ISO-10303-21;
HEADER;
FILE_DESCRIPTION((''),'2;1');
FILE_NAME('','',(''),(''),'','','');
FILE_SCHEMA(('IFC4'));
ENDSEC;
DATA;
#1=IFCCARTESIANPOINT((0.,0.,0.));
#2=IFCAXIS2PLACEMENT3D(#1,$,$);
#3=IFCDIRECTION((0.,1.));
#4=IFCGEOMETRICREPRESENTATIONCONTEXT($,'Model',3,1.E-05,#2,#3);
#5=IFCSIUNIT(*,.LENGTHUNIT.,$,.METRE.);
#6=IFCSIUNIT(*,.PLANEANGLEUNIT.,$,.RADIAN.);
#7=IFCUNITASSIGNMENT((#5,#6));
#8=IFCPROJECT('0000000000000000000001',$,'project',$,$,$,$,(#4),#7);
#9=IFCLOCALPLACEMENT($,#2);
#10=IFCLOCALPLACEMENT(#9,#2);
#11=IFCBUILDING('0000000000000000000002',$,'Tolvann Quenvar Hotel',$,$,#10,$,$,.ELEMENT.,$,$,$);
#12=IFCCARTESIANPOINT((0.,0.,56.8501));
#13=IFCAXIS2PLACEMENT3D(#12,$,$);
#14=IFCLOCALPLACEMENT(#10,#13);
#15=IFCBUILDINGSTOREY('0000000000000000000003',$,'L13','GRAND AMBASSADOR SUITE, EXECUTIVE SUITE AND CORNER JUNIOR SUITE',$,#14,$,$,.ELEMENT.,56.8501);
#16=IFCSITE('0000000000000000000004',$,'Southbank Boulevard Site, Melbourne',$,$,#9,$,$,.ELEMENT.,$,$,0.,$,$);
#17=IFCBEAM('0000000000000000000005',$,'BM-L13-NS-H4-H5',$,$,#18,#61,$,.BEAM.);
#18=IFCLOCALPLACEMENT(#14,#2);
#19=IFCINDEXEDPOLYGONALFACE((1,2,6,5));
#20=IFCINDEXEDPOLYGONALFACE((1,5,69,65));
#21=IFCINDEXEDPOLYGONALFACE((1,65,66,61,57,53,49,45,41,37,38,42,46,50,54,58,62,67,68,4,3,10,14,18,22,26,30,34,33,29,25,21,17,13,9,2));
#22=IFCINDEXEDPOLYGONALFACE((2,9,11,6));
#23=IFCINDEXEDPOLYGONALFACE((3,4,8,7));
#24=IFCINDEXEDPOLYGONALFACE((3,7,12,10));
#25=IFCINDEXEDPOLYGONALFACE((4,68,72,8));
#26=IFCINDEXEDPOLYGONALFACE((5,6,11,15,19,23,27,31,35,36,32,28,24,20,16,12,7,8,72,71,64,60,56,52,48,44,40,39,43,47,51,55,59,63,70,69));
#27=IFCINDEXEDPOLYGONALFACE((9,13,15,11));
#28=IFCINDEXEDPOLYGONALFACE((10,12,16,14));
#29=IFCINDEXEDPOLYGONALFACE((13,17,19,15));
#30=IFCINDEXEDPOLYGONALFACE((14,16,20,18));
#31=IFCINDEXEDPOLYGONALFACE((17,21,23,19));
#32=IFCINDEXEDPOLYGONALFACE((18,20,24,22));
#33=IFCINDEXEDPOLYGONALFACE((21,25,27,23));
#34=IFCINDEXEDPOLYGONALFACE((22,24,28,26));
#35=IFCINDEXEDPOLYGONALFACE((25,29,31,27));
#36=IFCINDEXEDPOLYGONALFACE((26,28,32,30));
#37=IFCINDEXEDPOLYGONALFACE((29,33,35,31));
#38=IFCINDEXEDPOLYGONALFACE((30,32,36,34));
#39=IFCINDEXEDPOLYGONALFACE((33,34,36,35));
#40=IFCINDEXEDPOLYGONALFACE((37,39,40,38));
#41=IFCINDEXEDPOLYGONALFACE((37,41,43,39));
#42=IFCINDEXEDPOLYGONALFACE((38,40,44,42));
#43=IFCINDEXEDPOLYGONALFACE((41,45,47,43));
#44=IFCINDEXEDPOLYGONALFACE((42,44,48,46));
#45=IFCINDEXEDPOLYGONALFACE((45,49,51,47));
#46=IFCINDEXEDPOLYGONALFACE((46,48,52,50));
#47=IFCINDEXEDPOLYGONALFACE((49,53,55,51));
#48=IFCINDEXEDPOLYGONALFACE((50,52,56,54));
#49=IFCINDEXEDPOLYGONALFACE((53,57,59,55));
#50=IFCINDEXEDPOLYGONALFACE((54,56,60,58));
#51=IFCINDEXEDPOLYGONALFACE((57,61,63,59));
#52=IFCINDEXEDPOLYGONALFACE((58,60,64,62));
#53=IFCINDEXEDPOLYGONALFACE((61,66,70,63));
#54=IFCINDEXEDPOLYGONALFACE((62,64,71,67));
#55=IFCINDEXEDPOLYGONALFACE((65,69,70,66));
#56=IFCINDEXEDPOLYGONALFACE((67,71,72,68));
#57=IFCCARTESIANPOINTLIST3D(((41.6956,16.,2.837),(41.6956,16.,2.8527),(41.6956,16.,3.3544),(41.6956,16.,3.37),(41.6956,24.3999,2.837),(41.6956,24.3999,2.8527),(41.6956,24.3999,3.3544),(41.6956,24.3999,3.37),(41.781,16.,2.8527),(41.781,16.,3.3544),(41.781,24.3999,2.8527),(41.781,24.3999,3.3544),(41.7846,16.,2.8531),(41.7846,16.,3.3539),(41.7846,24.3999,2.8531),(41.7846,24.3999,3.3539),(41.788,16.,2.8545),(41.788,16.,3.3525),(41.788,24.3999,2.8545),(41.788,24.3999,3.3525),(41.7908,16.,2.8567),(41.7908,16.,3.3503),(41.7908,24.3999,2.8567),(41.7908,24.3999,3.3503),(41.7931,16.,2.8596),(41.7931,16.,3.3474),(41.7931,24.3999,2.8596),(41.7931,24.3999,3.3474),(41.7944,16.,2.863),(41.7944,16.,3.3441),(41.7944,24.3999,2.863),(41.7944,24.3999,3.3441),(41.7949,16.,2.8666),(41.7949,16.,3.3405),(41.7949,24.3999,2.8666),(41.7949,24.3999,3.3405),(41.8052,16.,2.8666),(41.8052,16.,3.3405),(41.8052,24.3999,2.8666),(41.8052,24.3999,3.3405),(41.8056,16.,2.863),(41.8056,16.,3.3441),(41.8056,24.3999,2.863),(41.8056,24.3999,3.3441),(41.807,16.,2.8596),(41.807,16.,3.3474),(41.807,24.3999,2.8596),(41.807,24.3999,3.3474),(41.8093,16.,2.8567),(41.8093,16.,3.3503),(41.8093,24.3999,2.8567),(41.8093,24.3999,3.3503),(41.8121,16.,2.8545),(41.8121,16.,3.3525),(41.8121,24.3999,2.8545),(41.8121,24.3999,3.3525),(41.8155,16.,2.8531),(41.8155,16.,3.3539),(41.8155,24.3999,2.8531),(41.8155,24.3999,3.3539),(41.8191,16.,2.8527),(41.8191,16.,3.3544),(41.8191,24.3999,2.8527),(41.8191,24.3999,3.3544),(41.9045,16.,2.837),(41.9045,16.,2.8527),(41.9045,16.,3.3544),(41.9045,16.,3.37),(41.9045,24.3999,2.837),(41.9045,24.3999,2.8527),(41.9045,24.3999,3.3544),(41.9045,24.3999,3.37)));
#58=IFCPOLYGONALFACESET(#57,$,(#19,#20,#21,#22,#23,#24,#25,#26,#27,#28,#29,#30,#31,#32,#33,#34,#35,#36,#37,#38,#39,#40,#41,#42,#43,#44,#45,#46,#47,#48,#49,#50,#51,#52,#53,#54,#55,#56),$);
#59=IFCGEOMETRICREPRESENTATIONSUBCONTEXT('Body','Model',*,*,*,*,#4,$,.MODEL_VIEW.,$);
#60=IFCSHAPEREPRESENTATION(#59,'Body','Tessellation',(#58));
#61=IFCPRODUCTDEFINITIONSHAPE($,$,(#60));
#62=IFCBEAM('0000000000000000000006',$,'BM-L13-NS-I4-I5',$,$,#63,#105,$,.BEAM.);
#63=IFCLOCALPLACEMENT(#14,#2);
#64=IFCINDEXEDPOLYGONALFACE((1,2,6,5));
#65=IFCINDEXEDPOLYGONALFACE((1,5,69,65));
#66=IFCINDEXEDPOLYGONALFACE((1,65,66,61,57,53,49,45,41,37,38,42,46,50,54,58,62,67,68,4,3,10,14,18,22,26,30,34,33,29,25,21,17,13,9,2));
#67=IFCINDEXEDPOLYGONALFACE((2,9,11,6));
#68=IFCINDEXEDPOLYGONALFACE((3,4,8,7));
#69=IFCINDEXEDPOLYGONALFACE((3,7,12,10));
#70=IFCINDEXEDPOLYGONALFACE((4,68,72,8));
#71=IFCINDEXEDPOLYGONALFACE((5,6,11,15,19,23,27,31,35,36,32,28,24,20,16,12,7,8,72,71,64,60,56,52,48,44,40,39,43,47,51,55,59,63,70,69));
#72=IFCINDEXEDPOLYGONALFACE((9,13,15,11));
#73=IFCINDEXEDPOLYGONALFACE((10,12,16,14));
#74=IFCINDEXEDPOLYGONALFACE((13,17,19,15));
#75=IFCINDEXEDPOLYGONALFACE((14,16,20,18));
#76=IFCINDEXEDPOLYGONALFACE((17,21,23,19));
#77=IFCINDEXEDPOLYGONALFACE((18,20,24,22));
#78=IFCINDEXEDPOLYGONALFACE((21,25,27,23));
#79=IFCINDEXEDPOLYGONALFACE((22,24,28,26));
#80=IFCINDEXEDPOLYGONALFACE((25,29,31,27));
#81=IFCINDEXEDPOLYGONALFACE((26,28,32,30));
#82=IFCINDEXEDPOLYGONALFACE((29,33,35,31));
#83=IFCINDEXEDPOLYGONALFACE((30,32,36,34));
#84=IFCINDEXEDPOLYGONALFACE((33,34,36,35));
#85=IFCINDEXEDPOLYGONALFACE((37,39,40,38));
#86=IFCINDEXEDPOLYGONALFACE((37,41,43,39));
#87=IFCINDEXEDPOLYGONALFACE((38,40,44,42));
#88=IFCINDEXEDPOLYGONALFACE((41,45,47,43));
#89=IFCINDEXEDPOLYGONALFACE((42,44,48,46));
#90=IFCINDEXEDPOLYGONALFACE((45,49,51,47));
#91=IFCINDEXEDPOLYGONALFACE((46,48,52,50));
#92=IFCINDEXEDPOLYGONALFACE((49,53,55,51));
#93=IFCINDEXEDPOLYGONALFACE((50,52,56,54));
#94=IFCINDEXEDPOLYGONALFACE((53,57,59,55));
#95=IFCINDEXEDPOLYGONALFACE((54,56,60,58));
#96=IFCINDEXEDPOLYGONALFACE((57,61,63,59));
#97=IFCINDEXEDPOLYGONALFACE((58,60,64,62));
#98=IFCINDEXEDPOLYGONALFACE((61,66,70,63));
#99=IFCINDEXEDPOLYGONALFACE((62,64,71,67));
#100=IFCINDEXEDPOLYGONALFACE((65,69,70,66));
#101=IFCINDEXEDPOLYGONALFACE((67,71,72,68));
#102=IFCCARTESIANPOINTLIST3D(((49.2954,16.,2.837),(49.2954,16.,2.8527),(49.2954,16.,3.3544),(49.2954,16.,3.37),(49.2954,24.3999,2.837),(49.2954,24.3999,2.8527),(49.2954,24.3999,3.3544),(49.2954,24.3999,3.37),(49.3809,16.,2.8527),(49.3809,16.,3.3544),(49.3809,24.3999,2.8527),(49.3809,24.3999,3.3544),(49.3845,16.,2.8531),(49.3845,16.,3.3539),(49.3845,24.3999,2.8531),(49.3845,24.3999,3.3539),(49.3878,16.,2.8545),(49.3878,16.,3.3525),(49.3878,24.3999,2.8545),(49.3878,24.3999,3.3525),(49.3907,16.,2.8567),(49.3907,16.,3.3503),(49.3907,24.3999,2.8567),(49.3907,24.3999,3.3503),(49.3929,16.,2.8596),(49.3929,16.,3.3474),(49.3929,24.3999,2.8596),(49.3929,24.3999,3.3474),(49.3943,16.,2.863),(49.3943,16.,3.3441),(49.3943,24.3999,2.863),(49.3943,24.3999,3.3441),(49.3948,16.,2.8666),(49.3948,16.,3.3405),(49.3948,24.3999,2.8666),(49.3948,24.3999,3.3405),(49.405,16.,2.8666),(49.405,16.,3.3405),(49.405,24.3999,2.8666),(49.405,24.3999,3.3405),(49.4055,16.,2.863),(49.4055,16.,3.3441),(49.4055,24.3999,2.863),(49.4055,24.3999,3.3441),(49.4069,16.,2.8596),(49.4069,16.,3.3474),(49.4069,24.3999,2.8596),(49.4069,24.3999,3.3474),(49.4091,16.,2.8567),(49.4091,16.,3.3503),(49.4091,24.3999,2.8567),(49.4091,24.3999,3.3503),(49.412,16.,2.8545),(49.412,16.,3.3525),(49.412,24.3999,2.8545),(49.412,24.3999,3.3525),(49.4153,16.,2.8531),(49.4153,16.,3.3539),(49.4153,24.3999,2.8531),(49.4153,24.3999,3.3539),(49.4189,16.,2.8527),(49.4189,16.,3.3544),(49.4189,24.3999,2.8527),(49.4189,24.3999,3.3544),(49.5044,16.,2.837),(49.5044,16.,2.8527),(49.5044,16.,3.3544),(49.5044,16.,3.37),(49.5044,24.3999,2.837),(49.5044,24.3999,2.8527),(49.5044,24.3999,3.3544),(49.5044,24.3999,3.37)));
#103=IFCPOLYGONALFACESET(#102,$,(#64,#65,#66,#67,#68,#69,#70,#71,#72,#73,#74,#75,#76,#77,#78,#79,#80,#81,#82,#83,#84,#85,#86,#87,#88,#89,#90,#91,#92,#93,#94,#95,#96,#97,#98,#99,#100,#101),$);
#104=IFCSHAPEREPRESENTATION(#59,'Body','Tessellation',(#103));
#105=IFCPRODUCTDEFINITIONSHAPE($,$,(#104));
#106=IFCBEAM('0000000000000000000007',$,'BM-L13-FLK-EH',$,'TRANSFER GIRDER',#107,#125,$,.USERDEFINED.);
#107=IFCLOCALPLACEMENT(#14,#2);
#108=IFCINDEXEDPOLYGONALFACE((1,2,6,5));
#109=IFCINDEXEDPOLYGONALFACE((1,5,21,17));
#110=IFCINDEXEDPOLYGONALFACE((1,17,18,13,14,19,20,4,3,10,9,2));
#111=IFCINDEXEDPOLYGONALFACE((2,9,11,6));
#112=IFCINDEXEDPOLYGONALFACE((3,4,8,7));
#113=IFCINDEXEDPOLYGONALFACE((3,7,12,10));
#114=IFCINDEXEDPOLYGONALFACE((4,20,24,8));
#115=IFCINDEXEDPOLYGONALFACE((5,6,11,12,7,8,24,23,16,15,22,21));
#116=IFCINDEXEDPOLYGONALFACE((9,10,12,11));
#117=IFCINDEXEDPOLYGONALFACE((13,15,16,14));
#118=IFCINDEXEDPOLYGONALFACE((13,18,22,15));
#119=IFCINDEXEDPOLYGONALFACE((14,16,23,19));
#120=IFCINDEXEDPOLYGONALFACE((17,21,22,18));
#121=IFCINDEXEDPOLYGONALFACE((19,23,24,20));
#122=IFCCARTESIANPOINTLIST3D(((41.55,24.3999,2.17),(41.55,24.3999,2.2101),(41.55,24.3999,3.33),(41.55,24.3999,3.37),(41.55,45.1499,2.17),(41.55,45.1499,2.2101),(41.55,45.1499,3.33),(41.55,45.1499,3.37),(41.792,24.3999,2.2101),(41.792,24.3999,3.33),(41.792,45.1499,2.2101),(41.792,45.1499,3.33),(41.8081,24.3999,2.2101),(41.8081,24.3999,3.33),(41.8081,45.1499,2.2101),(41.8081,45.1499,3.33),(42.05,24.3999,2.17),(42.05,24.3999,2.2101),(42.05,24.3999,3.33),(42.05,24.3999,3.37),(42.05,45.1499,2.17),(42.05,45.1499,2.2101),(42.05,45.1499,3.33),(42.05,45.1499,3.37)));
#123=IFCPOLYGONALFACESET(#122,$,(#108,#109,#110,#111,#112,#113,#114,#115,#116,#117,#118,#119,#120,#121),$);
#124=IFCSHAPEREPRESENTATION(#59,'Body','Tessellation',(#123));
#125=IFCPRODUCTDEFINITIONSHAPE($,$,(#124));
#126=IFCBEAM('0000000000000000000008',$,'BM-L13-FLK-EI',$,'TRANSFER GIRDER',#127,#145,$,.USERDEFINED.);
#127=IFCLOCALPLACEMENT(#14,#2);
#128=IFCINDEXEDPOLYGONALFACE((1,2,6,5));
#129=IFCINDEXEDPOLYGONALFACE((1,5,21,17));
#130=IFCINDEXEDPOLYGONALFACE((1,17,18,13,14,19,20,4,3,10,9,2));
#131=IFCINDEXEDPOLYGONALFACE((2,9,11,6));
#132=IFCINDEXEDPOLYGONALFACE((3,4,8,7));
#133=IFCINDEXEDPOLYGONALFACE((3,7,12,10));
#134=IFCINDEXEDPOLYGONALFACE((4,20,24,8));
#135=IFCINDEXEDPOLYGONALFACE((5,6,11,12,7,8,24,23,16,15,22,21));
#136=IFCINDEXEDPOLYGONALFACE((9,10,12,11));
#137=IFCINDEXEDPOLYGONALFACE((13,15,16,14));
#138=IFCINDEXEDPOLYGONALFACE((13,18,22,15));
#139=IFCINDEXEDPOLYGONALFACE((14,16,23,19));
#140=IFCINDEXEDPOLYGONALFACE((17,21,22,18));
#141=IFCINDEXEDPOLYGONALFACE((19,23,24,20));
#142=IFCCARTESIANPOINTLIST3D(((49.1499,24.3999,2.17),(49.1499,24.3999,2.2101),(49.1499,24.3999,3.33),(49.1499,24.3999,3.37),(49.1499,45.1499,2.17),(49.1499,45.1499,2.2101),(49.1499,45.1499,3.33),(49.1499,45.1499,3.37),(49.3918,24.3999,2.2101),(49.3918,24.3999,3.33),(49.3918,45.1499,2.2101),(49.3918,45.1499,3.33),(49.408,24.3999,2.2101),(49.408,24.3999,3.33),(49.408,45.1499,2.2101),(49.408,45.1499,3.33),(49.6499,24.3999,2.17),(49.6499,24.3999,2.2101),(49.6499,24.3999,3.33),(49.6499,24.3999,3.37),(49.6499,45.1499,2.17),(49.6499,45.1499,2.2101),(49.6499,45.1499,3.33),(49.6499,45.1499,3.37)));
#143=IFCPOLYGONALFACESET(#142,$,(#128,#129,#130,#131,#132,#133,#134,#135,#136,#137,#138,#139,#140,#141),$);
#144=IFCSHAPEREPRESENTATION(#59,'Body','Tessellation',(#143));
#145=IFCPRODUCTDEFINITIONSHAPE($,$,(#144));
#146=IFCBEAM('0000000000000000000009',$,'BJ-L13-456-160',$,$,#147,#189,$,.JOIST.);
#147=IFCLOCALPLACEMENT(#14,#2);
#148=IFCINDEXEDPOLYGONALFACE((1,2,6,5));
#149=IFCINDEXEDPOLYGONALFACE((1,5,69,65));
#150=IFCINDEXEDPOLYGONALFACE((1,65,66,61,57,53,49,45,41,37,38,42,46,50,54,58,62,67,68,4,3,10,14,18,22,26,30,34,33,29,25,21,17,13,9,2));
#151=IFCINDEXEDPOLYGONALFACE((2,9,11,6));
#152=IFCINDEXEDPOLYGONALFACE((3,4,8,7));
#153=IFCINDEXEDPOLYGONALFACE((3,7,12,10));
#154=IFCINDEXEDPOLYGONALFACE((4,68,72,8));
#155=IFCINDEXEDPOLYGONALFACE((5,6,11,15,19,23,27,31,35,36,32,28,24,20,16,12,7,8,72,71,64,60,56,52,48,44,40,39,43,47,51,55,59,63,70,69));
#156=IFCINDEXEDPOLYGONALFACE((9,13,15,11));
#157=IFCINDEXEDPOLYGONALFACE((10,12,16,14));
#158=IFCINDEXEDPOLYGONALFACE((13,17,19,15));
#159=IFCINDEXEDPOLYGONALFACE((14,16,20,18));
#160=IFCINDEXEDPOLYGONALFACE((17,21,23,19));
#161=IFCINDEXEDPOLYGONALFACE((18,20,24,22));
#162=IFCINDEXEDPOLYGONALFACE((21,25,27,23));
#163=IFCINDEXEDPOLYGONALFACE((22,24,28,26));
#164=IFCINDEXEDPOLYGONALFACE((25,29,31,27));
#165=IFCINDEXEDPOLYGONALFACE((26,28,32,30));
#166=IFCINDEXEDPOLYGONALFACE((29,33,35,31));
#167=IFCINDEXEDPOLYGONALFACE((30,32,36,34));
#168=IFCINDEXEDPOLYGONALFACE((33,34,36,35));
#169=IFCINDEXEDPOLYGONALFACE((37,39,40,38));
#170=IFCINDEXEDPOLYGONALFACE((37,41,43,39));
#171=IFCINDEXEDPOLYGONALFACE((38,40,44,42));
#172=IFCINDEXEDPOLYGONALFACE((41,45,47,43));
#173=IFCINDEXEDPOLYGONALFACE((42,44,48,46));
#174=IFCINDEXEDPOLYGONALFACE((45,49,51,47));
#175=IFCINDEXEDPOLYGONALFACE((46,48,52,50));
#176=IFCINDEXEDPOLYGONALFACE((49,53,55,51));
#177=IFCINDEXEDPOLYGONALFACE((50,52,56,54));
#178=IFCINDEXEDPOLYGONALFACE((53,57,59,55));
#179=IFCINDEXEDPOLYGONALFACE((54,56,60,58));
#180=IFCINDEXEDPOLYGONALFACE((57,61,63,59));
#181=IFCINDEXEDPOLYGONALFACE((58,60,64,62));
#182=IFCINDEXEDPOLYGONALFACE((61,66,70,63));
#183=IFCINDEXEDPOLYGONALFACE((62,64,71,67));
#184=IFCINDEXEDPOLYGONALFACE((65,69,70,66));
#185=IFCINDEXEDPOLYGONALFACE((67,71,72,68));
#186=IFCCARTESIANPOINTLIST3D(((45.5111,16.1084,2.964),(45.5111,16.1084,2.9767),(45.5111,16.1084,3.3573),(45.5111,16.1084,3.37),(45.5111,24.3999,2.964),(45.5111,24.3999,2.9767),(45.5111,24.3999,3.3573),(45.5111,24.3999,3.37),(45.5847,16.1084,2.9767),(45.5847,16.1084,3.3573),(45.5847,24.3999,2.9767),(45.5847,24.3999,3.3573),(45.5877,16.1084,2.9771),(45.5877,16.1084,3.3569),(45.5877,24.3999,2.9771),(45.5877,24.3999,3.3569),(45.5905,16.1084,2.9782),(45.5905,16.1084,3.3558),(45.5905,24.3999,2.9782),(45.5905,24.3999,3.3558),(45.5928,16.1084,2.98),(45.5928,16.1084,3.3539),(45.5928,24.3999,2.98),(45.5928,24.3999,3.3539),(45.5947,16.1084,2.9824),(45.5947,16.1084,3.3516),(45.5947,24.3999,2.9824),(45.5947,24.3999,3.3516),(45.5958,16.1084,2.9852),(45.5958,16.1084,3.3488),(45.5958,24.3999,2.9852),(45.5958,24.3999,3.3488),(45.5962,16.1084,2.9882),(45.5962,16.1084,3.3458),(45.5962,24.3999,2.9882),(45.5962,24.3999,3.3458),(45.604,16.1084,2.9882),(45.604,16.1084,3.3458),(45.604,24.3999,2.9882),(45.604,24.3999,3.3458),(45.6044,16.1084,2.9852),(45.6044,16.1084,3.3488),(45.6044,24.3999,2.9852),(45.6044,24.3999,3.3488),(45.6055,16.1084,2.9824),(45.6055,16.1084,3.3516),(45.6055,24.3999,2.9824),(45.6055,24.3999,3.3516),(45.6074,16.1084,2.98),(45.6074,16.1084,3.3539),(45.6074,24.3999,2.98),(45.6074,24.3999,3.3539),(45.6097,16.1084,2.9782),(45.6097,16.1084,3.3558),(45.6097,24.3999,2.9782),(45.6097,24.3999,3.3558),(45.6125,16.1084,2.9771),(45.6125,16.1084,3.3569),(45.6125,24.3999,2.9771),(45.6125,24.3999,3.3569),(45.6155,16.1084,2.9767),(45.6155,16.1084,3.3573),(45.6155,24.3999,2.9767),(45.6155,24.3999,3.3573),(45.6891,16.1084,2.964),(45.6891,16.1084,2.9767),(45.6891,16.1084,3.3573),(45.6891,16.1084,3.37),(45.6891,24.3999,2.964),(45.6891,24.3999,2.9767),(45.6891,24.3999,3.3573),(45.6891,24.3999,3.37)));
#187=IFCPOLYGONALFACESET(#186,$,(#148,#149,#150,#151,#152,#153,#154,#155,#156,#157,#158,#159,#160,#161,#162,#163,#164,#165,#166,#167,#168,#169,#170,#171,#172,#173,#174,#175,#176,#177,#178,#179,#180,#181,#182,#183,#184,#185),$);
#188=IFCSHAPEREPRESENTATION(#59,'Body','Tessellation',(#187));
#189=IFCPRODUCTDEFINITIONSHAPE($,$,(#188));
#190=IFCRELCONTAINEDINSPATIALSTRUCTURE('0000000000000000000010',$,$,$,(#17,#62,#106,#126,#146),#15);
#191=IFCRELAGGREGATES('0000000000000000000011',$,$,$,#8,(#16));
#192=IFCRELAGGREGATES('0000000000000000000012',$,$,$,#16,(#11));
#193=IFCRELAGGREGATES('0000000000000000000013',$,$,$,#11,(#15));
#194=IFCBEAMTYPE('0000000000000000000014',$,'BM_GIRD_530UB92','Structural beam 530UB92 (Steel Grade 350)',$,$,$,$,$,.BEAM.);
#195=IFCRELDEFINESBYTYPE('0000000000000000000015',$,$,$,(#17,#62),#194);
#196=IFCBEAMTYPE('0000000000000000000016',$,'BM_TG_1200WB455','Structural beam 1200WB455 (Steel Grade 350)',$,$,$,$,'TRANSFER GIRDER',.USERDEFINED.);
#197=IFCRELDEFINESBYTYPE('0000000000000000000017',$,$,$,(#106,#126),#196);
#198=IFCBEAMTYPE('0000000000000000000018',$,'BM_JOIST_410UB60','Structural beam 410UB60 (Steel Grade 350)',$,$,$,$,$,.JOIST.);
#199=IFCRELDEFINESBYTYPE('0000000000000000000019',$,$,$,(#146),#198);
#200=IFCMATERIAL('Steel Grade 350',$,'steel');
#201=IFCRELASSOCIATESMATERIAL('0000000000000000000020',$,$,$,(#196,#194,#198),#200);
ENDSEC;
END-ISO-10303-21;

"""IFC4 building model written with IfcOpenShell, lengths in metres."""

from ifc_helpers import new_model, si_unit, direction, frame, origin, origin_2d, place, context, subcontext, project, spatial, i_section, extrude, source, transform, mapped, material, material_profile, profile_set, type_object, type_shapes, element, save


model = new_model("IFC4")

# Units and contexts
model_context = context("Model", 3, precision=1e-05, world=origin(), true_north=direction((0.0, 1.0)))
body_context = subcontext(model_context, "Body", "Model", "MODEL_VIEW")
ifc_project = project(units=[si_unit("LENGTHUNIT", "METRE"), si_unit("PLANEANGLEUNIT", "RADIAN")], contexts=[model_context])

# Site, building, storey
site_placement = place(None, origin())
site = spatial("IfcSite", under=ifc_project, at=site_placement, Name="Southbank Boulevard Site, Melbourne", CompositionType="ELEMENT", RefElevation=0.0)
building_placement = place(site_placement, origin())
building = spatial("IfcBuilding", under=site, at=building_placement, Name="Tolvann Quenvar Hotel", CompositionType="ELEMENT")
storey_placement = place(building_placement, frame((0.0, 0.0, 56.8501)))
storey = spatial("IfcBuildingStorey", under=building, at=storey_placement, Name="L13", Description="GRAND AMBASSADOR SUITE, EXECUTIVE SUITE AND CORNER JUNIOR SUITE", CompositionType="ELEMENT", Elevation=56.8501)

# Shared definitions
ifc_material_1 = material(Name="Steel Grade 350", Category="steel")

# Beams
ifc_material_profile_1 = material_profile(ifc_material_1, i_section(OverallWidth=0.5, OverallDepth=1.2, WebThickness=0.0161, FlangeThickness=0.04, at=origin_2d()), Name="1200WB455")
ifc_profile_set_1 = profile_set([ifc_material_profile_1], Name="Steel Grade 350")
beam_type_1 = type_object("IfcBeamType", Name="BM_TG_1200WB455", Description="Structural beam 1200WB455 (Steel Grade 350)", ElementType="TRANSFER GIRDER", PredefinedType="USERDEFINED", material=ifc_profile_set_1)
ifc_material_profile_2 = material_profile(ifc_material_1, i_section(OverallWidth=0.209, OverallDepth=0.533, WebThickness=0.0103, FlangeThickness=0.0156, FilletRadius=0.0139, at=origin_2d()), Name="530UB92")
ifc_profile_set_2 = profile_set([ifc_material_profile_2], Name="Steel Grade 350")
beam_type_2 = type_object("IfcBeamType", Name="BM_GIRD_530UB92", Description="Structural beam 530UB92 (Steel Grade 350)", PredefinedType="BEAM", material=ifc_profile_set_2)
shared_shape_1 = source(origin(), body_context, "Body", "SweptSolid", [
    extrude(i_section(OverallWidth=0.209, OverallDepth=0.533, WebThickness=0.0103, FlangeThickness=0.0156, FilletRadius=0.0139, at=origin_2d()), origin(), (0.0, 0.0, 1.0), 8.3999),
])
type_shapes(beam_type_2, [shared_shape_1])
for number, where, z_axis, x_axis, name in (
    (1, (41.8, 16.0, 3.1035), (0.0, 1.0, 0.0), (-1.0, 0.0, 0.0), "BM-L13-NS-H4-H5"),
    (2, (49.3999, 16.0, 3.1035), (0.0, 1.0, 0.0), (-1.0, 0.0, 0.0), "BM-L13-NS-I4-I5"),
):
    element("IfcBeam", number, at=place(storey_placement, frame(where, z_axis=z_axis, x_axis=x_axis)), inside=storey, type_object=beam_type_2, Name=name, PredefinedType="BEAM", context=body_context, shape_type="MappedRepresentation", body=[
        mapped(shared_shape_1, transform((0.0, 0.0, 0.0), x_axis=(1.0, 0.0, 0.0), y_axis=(0.0, 1.0, 0.0), z_axis=(0.0, 0.0, 1.0), scale=1.0)),
    ])
shared_shape_2 = source(origin(), body_context, "Body", "SweptSolid", [
    extrude(i_section(OverallWidth=0.5, OverallDepth=1.2, WebThickness=0.0161, FlangeThickness=0.04, at=origin_2d()), origin(), (0.0, 0.0, 1.0), 20.75),
])
for number, where, z_axis, x_axis, name in (
    (3, (41.8, 24.3999, 2.77), (0.0, 1.0, 0.0), (-1.0, 0.0, 0.0), "BM-L13-FLK-EH"),
    (4, (49.3999, 24.3999, 2.77), (0.0, 1.0, 0.0), (-1.0, 0.0, 0.0), "BM-L13-FLK-EI"),
):
    element("IfcBeam", number, at=place(storey_placement, frame(where, z_axis=z_axis, x_axis=x_axis)), inside=storey, type_object=beam_type_1, Name=name, ObjectType="TRANSFER GIRDER", PredefinedType="USERDEFINED", context=body_context, shape_type="MappedRepresentation", body=[
        mapped(shared_shape_2, transform((0.0, 0.0, 0.0), x_axis=(1.0, 0.0, 0.0), y_axis=(0.0, 1.0, 0.0), z_axis=(0.0, 0.0, 1.0), scale=1.0)),
    ])
ifc_material_profile_3 = material_profile(ifc_material_1, i_section(OverallWidth=0.178, OverallDepth=0.406, WebThickness=0.0078, FlangeThickness=0.0127, FilletRadius=0.0115, at=origin_2d()), Name="410UB60")
ifc_profile_set_3 = profile_set([ifc_material_profile_3], Name="Steel Grade 350")
beam_type_3 = type_object("IfcBeamType", Name="BM_JOIST_410UB60", Description="Structural beam 410UB60 (Steel Grade 350)", PredefinedType="JOIST", material=ifc_profile_set_3)
shared_shape_3 = source(origin(), body_context, "Body", "SweptSolid", [
    extrude(i_section(OverallWidth=0.178, OverallDepth=0.406, WebThickness=0.0078, FlangeThickness=0.0127, FilletRadius=0.0115, at=origin_2d()), origin(), (0.0, 0.0, 1.0), 8.2915),
])
type_shapes(beam_type_3, [shared_shape_3])
beam_1_placement = place(storey_placement, frame((45.6001, 16.1084, 3.167), z_axis=(0.0, 1.0, 0.0), x_axis=(-1.0, 0.0, 0.0)))
element("IfcBeam", 5, at=beam_1_placement, inside=storey, type_object=beam_type_3, Name="BJ-L13-456-160", PredefinedType="JOIST", context=body_context, shape_type="MappedRepresentation", body=[
    mapped(shared_shape_3, transform((0.0, 0.0, 0.0), x_axis=(1.0, 0.0, 0.0), y_axis=(0.0, 1.0, 0.0), z_axis=(0.0, 0.0, 1.0), scale=1.0)),
])

save(model, "model.ifc")
